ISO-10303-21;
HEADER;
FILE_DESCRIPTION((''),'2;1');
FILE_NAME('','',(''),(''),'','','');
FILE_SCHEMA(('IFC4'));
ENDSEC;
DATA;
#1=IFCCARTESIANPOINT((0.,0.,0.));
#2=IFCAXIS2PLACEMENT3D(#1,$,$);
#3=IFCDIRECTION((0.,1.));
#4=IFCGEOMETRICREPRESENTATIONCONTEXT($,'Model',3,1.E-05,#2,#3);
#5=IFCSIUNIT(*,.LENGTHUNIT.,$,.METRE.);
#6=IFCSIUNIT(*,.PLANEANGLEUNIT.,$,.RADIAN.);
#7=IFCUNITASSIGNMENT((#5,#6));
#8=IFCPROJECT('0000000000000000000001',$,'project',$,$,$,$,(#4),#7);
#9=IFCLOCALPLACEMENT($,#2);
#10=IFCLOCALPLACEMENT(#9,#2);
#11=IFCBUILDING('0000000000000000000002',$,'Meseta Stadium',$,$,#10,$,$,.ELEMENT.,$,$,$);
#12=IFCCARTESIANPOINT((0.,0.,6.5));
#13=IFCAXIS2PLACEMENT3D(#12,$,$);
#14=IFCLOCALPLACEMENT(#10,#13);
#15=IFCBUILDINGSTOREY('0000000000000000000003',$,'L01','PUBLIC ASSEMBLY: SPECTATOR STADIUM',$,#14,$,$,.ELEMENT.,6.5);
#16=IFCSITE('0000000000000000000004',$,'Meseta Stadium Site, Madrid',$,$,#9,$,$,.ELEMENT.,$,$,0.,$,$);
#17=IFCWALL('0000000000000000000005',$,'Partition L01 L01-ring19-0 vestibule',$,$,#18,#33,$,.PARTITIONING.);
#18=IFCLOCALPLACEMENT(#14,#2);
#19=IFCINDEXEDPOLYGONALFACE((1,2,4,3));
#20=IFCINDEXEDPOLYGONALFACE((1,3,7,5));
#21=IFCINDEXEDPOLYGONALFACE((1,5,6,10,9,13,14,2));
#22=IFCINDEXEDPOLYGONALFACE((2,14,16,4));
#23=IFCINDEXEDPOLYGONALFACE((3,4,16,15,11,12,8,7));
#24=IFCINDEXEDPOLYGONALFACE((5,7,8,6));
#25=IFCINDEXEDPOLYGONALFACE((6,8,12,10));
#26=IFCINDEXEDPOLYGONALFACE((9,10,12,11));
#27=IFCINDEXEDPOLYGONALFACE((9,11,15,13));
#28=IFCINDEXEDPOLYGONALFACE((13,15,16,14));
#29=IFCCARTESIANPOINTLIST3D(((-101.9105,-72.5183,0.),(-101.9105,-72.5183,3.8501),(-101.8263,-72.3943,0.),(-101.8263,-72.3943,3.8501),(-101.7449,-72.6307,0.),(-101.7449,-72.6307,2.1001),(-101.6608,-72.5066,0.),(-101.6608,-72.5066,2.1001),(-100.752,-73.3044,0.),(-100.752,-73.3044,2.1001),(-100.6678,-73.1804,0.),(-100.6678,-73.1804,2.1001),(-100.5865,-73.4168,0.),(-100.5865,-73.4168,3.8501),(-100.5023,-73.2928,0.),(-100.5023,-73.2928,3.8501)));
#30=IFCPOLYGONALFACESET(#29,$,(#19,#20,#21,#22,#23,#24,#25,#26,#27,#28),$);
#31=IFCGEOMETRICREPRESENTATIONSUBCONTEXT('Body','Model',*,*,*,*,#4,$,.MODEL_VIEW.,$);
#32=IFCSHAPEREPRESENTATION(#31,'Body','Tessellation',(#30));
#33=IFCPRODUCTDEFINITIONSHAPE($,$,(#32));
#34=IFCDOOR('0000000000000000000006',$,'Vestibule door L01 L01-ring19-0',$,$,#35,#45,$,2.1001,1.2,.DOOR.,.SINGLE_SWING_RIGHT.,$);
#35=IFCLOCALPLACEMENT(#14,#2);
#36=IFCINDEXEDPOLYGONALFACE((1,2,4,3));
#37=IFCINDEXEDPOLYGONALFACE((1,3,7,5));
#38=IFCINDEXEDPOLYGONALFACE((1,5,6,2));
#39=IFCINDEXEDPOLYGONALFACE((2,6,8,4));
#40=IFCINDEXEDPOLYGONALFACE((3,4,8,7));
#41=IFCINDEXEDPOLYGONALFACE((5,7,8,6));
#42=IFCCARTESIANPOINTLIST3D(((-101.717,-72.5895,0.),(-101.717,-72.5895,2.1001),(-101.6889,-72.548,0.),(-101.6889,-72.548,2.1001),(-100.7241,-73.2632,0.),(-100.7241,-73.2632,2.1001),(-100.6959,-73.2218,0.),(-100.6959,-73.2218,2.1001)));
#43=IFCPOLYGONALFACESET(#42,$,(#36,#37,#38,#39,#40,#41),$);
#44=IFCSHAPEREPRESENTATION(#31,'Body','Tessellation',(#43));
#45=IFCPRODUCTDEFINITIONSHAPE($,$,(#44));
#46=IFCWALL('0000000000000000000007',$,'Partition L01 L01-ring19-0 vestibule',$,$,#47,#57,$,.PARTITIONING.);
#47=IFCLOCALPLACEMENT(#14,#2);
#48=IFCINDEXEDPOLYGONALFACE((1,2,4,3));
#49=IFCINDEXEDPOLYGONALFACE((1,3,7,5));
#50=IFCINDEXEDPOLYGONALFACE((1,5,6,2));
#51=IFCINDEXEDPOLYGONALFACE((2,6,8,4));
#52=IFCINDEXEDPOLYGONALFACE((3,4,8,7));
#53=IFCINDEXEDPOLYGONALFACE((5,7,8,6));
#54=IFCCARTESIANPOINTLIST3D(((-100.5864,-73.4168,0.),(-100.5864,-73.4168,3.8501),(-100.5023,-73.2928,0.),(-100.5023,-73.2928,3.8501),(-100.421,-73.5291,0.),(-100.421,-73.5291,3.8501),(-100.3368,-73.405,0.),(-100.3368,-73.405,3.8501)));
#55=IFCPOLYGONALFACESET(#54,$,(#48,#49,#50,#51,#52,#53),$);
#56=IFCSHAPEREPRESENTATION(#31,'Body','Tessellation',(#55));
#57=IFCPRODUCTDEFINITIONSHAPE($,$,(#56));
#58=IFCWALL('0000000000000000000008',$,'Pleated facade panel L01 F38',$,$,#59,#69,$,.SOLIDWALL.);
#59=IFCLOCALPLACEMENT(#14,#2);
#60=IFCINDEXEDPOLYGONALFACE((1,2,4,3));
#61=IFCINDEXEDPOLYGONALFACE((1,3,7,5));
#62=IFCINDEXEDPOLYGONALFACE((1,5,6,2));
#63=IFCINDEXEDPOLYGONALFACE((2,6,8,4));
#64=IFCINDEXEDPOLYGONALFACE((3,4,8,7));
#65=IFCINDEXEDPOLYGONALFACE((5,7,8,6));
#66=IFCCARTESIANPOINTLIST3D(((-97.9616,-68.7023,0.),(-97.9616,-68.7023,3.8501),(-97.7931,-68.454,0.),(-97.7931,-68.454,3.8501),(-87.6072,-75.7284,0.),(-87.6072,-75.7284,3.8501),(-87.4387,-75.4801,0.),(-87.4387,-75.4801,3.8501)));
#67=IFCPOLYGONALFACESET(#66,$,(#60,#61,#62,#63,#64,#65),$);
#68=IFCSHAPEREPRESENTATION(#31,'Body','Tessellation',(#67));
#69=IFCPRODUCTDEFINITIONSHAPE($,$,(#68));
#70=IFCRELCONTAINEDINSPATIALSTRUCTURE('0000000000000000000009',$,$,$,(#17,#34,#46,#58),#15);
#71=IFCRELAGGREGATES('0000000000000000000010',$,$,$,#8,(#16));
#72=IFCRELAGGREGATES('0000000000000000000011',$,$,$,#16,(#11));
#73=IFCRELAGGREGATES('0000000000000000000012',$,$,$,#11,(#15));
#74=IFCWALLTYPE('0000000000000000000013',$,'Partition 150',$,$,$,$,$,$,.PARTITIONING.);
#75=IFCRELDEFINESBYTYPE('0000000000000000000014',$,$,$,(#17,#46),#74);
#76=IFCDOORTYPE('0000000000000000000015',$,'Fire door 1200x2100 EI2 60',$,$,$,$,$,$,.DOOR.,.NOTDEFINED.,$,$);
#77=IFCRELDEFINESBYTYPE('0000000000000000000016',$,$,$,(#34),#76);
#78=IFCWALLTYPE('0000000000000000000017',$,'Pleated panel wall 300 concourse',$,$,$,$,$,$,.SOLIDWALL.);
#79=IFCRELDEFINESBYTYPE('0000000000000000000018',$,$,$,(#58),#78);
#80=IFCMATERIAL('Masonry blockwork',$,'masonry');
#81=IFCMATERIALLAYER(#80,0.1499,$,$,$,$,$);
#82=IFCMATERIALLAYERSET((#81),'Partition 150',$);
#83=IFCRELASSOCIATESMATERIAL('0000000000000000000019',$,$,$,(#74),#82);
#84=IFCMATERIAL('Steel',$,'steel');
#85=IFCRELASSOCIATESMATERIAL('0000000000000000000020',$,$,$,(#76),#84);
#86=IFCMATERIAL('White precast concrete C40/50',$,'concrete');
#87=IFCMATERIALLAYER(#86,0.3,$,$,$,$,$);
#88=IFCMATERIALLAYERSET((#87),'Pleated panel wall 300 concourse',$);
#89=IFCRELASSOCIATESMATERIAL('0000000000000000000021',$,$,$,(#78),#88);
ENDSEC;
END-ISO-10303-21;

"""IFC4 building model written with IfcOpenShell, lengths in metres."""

from ifc_helpers import new_model, si_unit, direction, frame, frame_2d, origin, place, context, subcontext, project, spatial, rectangle, extrude, material, layer, layer_set, type_object, element, fill, save


model = new_model("IFC4")

# Units and contexts
model_context = context("Model", 3, precision=1e-05, world=origin(), true_north=direction((0.0, 1.0)))
body_context = subcontext(model_context, "Body", "Model", "MODEL_VIEW")
ifc_project = project(units=[si_unit("LENGTHUNIT", "METRE"), si_unit("PLANEANGLEUNIT", "RADIAN")], contexts=[model_context])

# Site, building, storey
site_placement = place(None, origin())
site = spatial("IfcSite", under=ifc_project, at=site_placement, Name="Meseta Stadium Site, Madrid", CompositionType="ELEMENT", RefElevation=0.0)
building_placement = place(site_placement, origin())
building = spatial("IfcBuilding", under=site, at=building_placement, Name="Meseta Stadium", CompositionType="ELEMENT")
storey_placement = place(building_placement, frame((0.0, 0.0, 6.5)))
storey = spatial("IfcBuildingStorey", under=building, at=storey_placement, Name="L01", Description="PUBLIC ASSEMBLY: SPECTATOR STADIUM", CompositionType="ELEMENT", Elevation=6.5)

# Shared definitions
ifc_material_1 = material(Name="Masonry blockwork", Category="masonry")
ifc_layer_1 = layer(ifc_material_1, 0.1499)
ifc_layer_set_1 = layer_set([ifc_layer_1], Name="Partition 150")
wall_type_1 = type_object("IfcWallType", Name="Partition 150", PredefinedType="PARTITIONING", material=ifc_layer_set_1)

# Wall, opening, door
wall_1_placement = place(storey_placement, frame((-101.8684, -72.4563, 0.0), z_axis=(0.0, 0.0, 1.0), x_axis=(0.827468, -0.561513, 0.0)))
wall_1 = element("IfcWall", 1, at=wall_1_placement, inside=storey, type_object=wall_type_1, Name="Partition L01 L01-ring19-0 vestibule", PredefinedType="PARTITIONING", context=body_context, shape_type="SweptSolid", body=[
    extrude(rectangle(XDim=1.6001, YDim=0.1499, at=frame_2d((0.8, 0.0))), origin(), (0.0, 0.0, 1.0), 3.8501),
])
opening_placement = place(wall_1_placement, frame((0.2, 0.0, 0.0)))
opening = element("IfcOpeningElement", 2, at=opening_placement, cuts=wall_1, PredefinedType="OPENING", context=body_context, shape_type="SweptSolid", body=[
    extrude(rectangle(XDim=1.2, YDim=2.1001, at=frame_2d((0.6001, 1.05))), frame((0.0, 0.085, 0.0), z_axis=(0.0, -1.0, 0.0), x_axis=(1.0, 0.0, 0.0)), (0.0, 0.0, 1.0), 0.1699),
])
ifc_material_2 = material(Name="Steel", Category="steel")
door_type = type_object("IfcDoorType", Name="Fire door 1200x2100 EI2 60", OperationType="NOTDEFINED", PredefinedType="DOOR", material=ifc_material_2)
door_placement = place(opening_placement, origin())
door = element("IfcDoor", 3, at=door_placement, inside=storey, type_object=door_type, Name="Vestibule door L01 L01-ring19-0", OperationType="SINGLE_SWING_RIGHT", OverallHeight=2.1001, OverallWidth=1.2, PredefinedType="DOOR", context=body_context, shape_type="SweptSolid", body=[
    extrude(rectangle(XDim=1.2, YDim=2.1001, at=frame_2d((0.6001, 1.05))), frame((0.0, 0.0249, 0.0), z_axis=(0.0, -1.0, 0.0), x_axis=(1.0, 0.0, 0.0)), (0.0, 0.0, 1.0), 0.05),
])
fill(opening, door)

# Walls
wall_2_placement = place(storey_placement, frame((-100.5444, -73.3547, 0.0), z_axis=(0.0, 0.0, 1.0), x_axis=(0.827516, -0.561442, 0.0)))
element("IfcWall", 4, at=wall_2_placement, inside=storey, type_object=wall_type_1, Name="Partition L01 L01-ring19-0 vestibule", PredefinedType="PARTITIONING", context=body_context, shape_type="SweptSolid", body=[
    extrude(rectangle(XDim=0.2, YDim=0.1499, at=frame_2d((0.1001, 0.0))), origin(), (0.0, 0.0, 1.0), 3.8501),
])
ifc_material_3 = material(Name="White precast concrete C40/50", Category="concrete")
ifc_layer_2 = layer(ifc_material_3, 0.3)
ifc_layer_set_2 = layer_set([ifc_layer_2], Name="Pleated panel wall 300 concourse")
wall_type_2 = type_object("IfcWallType", Name="Pleated panel wall 300 concourse", PredefinedType="SOLIDWALL", material=ifc_layer_set_2)
wall_3_placement = place(storey_placement, frame((-87.5229, -75.6042, 0.0), z_axis=(0.0, 0.0, 1.0), x_axis=(-0.827481, 0.561494, 0.0)))
element("IfcWall", 5, at=wall_3_placement, inside=storey, type_object=wall_type_2, Name="Pleated facade panel L01 F38", PredefinedType="SOLIDWALL", context=body_context, shape_type="SweptSolid", body=[
    extrude(rectangle(XDim=12.5132, YDim=0.3, at=frame_2d((6.2566, 0.0))), origin(), (0.0, 0.0, 1.0), 3.8501),
])

save(model, "model.ifc")
